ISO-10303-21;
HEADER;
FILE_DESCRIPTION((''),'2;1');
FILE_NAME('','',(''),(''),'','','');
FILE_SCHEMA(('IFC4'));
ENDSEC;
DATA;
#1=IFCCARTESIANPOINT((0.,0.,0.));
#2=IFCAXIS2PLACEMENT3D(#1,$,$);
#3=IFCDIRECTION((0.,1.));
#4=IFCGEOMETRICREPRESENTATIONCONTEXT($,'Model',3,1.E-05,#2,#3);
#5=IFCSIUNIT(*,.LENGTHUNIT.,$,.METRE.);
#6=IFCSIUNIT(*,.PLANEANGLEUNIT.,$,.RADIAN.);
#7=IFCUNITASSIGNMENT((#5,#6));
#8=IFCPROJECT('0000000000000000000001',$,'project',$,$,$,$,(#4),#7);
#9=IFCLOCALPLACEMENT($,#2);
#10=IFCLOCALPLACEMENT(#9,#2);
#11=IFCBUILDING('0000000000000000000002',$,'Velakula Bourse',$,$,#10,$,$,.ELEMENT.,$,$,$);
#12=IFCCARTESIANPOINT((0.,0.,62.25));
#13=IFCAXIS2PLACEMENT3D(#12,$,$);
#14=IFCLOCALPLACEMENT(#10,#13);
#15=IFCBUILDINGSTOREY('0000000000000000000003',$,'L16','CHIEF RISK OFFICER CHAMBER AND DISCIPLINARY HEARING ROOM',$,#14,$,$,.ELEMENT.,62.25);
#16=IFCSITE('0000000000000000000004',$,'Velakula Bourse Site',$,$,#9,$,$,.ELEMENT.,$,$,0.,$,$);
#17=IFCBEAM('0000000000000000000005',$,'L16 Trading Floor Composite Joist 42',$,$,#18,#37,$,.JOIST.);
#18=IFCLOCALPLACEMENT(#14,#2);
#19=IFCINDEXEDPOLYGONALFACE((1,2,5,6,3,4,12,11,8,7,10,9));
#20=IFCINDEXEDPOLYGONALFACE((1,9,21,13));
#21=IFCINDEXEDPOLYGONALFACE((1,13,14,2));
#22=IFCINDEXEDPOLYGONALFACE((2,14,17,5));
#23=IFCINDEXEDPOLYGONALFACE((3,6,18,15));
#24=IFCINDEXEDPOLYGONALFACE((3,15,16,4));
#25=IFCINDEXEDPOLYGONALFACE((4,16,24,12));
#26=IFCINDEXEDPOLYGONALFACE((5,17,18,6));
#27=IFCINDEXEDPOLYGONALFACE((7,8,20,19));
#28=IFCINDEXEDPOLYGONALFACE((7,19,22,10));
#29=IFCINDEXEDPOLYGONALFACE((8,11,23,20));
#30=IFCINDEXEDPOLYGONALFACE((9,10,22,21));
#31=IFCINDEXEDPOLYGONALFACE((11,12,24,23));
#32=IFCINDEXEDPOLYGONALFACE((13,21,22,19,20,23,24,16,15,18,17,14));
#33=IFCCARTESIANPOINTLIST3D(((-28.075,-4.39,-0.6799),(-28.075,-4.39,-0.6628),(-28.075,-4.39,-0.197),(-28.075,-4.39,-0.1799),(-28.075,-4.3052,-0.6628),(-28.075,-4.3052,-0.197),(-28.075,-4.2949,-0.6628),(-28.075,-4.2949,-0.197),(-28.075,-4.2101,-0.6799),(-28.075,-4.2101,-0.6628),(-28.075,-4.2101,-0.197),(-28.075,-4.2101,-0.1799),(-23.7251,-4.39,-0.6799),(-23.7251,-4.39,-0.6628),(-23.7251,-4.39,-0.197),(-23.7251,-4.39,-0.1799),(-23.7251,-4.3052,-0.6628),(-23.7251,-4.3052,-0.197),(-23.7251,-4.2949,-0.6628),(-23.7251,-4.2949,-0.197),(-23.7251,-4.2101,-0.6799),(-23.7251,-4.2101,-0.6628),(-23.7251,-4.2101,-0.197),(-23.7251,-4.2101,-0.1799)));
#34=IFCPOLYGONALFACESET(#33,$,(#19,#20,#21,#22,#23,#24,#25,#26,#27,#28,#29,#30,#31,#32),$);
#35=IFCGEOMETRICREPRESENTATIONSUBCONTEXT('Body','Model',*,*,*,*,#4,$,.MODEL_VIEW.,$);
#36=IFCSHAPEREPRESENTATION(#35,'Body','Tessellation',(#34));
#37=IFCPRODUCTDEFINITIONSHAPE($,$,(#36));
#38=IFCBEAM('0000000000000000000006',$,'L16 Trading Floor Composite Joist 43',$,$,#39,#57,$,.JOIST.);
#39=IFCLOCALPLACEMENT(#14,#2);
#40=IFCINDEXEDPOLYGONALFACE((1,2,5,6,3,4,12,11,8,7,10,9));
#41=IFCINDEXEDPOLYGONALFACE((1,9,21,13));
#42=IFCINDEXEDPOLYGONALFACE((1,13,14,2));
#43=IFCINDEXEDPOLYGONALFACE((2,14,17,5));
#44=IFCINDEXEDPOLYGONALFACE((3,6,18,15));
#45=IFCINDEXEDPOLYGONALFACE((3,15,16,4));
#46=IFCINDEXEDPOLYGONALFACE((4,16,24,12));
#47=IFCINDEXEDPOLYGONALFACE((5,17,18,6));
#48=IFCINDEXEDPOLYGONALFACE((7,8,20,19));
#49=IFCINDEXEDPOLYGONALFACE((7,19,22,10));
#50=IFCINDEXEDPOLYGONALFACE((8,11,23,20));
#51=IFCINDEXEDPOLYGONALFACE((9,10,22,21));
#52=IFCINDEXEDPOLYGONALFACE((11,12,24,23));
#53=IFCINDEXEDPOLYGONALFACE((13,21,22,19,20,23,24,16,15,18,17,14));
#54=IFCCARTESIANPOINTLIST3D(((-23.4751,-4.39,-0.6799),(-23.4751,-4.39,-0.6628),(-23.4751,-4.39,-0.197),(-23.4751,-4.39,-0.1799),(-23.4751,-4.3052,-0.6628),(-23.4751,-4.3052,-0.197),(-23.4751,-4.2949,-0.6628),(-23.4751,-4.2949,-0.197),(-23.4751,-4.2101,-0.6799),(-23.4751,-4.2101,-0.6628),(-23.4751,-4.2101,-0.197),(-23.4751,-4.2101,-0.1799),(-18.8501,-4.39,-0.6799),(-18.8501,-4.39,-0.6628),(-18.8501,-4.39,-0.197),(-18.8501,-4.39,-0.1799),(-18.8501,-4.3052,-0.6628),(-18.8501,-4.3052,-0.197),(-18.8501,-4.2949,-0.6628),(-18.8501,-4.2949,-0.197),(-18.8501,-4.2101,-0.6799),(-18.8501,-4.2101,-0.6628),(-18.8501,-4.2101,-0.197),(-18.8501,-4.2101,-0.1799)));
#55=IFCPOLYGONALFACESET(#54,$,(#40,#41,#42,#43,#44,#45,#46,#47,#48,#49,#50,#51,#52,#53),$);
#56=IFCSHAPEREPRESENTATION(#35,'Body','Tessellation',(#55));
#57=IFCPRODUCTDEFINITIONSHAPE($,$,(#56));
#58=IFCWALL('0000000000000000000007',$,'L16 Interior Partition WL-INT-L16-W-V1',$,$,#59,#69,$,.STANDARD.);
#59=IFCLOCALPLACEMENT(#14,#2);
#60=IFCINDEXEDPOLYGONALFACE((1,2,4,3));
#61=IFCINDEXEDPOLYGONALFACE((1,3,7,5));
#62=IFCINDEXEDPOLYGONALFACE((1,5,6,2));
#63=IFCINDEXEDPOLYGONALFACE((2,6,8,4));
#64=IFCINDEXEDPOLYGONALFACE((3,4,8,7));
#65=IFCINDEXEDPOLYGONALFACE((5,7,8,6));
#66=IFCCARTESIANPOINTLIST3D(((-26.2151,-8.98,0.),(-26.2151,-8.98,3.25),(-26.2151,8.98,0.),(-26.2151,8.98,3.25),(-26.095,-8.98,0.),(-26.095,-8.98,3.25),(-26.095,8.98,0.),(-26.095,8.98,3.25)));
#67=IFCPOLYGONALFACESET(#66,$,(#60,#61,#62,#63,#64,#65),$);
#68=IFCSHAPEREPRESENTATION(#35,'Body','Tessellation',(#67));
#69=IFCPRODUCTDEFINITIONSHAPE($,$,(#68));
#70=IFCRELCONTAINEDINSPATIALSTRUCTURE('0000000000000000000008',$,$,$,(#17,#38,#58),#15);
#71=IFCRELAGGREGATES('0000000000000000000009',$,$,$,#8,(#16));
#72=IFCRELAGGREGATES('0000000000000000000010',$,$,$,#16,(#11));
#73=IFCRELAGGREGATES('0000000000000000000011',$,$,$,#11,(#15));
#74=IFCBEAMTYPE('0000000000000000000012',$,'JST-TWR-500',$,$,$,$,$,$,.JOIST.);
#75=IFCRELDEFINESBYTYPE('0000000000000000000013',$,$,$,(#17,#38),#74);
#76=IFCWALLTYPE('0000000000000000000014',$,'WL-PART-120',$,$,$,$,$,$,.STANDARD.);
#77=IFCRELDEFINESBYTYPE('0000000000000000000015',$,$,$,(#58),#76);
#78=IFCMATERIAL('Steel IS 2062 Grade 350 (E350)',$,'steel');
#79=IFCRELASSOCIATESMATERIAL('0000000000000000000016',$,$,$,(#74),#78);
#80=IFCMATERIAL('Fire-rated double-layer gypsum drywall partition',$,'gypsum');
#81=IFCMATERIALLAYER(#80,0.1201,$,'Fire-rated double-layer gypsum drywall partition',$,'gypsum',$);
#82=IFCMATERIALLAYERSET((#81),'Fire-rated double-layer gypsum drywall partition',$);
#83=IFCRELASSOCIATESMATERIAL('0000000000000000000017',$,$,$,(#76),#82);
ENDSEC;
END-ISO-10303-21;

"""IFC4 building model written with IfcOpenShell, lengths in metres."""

from ifc_helpers import new_model, si_unit, direction, frame, frame_2d, origin, origin_2d, place, context, subcontext, project, spatial, rectangle, i_section, extrude, material, layer, layer_set, material_profile, profile_set, type_object, element, save


model = new_model("IFC4")

# Units and contexts
model_context = context("Model", 3, precision=1e-05, world=origin(), true_north=direction((0.0, 1.0)))
body_context = subcontext(model_context, "Body", "Model", "MODEL_VIEW")
ifc_project = project(units=[si_unit("LENGTHUNIT", "METRE"), si_unit("PLANEANGLEUNIT", "RADIAN")], contexts=[model_context])

# Site, building, storey
site_placement = place(None, origin())
site = spatial("IfcSite", under=ifc_project, at=site_placement, Name="Velakula Bourse Site", CompositionType="ELEMENT", RefElevation=0.0)
building_placement = place(site_placement, origin())
building = spatial("IfcBuilding", under=site, at=building_placement, Name="Velakula Bourse", CompositionType="ELEMENT")
storey_placement = place(building_placement, frame((0.0, 0.0, 62.25)))
storey = spatial("IfcBuildingStorey", under=building, at=storey_placement, Name="L16", Description="CHIEF RISK OFFICER CHAMBER AND DISCIPLINARY HEARING ROOM", CompositionType="ELEMENT", Elevation=62.25)

# Beams
ifc_material_1 = material(Name="Steel IS 2062 Grade 350 (E350)", Category="steel")
ifc_material_profile_1 = material_profile(ifc_material_1, i_section(OverallWidth=0.1799, OverallDepth=0.5, WebThickness=0.0103, FlangeThickness=0.0171, at=origin_2d()), Name="Steel IS 2062 Grade 350 (E350)")
ifc_profile_set_1 = profile_set([ifc_material_profile_1], Name="Steel IS 2062 Grade 350 (E350)")
beam_type_1 = type_object("IfcBeamType", Name="JST-TWR-500", PredefinedType="JOIST", material=ifc_profile_set_1)
beam_1_placement = place(storey_placement, frame((-28.075, -4.3, -0.4299), z_axis=(1.0, 0.0, 0.0), x_axis=(0.0, 1.0, 0.0)))
element("IfcBeam", 1, at=beam_1_placement, inside=storey, type_object=beam_type_1, Name="L16 Trading Floor Composite Joist 42", PredefinedType="JOIST", context=body_context, shape_type="SweptSolid", body=[
    extrude(i_section(OverallWidth=0.1799, OverallDepth=0.5, WebThickness=0.0103, FlangeThickness=0.0171, at=origin_2d()), origin(), (0.0, 0.0, 1.0), 4.3499),
])
beam_2_placement = place(storey_placement, frame((-23.4751, -4.3, -0.4299), z_axis=(1.0, 0.0, 0.0), x_axis=(0.0, 1.0, 0.0)))
element("IfcBeam", 2, at=beam_2_placement, inside=storey, type_object=beam_type_1, Name="L16 Trading Floor Composite Joist 43", PredefinedType="JOIST", context=body_context, shape_type="SweptSolid", body=[
    extrude(i_section(OverallWidth=0.1799, OverallDepth=0.5, WebThickness=0.0103, FlangeThickness=0.0171, at=origin_2d()), origin(), (0.0, 0.0, 1.0), 4.625),
])

# Wall
ifc_material_2 = material(Name="Fire-rated double-layer gypsum drywall partition", Category="gypsum")
ifc_layer = layer(ifc_material_2, 0.1201, Name="Fire-rated double-layer gypsum drywall partition", Category="gypsum")
ifc_layer_set = layer_set([ifc_layer], Name="Fire-rated double-layer gypsum drywall partition")
wall_type = type_object("IfcWallType", Name="WL-PART-120", PredefinedType="STANDARD", material=ifc_layer_set)
wall_placement = place(storey_placement, frame((-26.155, -8.98, 0.0), z_axis=(0.0, 0.0, 1.0), x_axis=(0.0, 1.0, 0.0)))
element("IfcWall", 3, at=wall_placement, inside=storey, type_object=wall_type, Name="L16 Interior Partition WL-INT-L16-W-V1", PredefinedType="STANDARD", context=body_context, shape_type="SweptSolid", body=[
    extrude(rectangle(XDim=17.96, YDim=0.1201, at=frame_2d((8.98, 0.0))), origin(), (0.0, 0.0, 1.0), 3.25),
])

save(model, "model.ifc")
